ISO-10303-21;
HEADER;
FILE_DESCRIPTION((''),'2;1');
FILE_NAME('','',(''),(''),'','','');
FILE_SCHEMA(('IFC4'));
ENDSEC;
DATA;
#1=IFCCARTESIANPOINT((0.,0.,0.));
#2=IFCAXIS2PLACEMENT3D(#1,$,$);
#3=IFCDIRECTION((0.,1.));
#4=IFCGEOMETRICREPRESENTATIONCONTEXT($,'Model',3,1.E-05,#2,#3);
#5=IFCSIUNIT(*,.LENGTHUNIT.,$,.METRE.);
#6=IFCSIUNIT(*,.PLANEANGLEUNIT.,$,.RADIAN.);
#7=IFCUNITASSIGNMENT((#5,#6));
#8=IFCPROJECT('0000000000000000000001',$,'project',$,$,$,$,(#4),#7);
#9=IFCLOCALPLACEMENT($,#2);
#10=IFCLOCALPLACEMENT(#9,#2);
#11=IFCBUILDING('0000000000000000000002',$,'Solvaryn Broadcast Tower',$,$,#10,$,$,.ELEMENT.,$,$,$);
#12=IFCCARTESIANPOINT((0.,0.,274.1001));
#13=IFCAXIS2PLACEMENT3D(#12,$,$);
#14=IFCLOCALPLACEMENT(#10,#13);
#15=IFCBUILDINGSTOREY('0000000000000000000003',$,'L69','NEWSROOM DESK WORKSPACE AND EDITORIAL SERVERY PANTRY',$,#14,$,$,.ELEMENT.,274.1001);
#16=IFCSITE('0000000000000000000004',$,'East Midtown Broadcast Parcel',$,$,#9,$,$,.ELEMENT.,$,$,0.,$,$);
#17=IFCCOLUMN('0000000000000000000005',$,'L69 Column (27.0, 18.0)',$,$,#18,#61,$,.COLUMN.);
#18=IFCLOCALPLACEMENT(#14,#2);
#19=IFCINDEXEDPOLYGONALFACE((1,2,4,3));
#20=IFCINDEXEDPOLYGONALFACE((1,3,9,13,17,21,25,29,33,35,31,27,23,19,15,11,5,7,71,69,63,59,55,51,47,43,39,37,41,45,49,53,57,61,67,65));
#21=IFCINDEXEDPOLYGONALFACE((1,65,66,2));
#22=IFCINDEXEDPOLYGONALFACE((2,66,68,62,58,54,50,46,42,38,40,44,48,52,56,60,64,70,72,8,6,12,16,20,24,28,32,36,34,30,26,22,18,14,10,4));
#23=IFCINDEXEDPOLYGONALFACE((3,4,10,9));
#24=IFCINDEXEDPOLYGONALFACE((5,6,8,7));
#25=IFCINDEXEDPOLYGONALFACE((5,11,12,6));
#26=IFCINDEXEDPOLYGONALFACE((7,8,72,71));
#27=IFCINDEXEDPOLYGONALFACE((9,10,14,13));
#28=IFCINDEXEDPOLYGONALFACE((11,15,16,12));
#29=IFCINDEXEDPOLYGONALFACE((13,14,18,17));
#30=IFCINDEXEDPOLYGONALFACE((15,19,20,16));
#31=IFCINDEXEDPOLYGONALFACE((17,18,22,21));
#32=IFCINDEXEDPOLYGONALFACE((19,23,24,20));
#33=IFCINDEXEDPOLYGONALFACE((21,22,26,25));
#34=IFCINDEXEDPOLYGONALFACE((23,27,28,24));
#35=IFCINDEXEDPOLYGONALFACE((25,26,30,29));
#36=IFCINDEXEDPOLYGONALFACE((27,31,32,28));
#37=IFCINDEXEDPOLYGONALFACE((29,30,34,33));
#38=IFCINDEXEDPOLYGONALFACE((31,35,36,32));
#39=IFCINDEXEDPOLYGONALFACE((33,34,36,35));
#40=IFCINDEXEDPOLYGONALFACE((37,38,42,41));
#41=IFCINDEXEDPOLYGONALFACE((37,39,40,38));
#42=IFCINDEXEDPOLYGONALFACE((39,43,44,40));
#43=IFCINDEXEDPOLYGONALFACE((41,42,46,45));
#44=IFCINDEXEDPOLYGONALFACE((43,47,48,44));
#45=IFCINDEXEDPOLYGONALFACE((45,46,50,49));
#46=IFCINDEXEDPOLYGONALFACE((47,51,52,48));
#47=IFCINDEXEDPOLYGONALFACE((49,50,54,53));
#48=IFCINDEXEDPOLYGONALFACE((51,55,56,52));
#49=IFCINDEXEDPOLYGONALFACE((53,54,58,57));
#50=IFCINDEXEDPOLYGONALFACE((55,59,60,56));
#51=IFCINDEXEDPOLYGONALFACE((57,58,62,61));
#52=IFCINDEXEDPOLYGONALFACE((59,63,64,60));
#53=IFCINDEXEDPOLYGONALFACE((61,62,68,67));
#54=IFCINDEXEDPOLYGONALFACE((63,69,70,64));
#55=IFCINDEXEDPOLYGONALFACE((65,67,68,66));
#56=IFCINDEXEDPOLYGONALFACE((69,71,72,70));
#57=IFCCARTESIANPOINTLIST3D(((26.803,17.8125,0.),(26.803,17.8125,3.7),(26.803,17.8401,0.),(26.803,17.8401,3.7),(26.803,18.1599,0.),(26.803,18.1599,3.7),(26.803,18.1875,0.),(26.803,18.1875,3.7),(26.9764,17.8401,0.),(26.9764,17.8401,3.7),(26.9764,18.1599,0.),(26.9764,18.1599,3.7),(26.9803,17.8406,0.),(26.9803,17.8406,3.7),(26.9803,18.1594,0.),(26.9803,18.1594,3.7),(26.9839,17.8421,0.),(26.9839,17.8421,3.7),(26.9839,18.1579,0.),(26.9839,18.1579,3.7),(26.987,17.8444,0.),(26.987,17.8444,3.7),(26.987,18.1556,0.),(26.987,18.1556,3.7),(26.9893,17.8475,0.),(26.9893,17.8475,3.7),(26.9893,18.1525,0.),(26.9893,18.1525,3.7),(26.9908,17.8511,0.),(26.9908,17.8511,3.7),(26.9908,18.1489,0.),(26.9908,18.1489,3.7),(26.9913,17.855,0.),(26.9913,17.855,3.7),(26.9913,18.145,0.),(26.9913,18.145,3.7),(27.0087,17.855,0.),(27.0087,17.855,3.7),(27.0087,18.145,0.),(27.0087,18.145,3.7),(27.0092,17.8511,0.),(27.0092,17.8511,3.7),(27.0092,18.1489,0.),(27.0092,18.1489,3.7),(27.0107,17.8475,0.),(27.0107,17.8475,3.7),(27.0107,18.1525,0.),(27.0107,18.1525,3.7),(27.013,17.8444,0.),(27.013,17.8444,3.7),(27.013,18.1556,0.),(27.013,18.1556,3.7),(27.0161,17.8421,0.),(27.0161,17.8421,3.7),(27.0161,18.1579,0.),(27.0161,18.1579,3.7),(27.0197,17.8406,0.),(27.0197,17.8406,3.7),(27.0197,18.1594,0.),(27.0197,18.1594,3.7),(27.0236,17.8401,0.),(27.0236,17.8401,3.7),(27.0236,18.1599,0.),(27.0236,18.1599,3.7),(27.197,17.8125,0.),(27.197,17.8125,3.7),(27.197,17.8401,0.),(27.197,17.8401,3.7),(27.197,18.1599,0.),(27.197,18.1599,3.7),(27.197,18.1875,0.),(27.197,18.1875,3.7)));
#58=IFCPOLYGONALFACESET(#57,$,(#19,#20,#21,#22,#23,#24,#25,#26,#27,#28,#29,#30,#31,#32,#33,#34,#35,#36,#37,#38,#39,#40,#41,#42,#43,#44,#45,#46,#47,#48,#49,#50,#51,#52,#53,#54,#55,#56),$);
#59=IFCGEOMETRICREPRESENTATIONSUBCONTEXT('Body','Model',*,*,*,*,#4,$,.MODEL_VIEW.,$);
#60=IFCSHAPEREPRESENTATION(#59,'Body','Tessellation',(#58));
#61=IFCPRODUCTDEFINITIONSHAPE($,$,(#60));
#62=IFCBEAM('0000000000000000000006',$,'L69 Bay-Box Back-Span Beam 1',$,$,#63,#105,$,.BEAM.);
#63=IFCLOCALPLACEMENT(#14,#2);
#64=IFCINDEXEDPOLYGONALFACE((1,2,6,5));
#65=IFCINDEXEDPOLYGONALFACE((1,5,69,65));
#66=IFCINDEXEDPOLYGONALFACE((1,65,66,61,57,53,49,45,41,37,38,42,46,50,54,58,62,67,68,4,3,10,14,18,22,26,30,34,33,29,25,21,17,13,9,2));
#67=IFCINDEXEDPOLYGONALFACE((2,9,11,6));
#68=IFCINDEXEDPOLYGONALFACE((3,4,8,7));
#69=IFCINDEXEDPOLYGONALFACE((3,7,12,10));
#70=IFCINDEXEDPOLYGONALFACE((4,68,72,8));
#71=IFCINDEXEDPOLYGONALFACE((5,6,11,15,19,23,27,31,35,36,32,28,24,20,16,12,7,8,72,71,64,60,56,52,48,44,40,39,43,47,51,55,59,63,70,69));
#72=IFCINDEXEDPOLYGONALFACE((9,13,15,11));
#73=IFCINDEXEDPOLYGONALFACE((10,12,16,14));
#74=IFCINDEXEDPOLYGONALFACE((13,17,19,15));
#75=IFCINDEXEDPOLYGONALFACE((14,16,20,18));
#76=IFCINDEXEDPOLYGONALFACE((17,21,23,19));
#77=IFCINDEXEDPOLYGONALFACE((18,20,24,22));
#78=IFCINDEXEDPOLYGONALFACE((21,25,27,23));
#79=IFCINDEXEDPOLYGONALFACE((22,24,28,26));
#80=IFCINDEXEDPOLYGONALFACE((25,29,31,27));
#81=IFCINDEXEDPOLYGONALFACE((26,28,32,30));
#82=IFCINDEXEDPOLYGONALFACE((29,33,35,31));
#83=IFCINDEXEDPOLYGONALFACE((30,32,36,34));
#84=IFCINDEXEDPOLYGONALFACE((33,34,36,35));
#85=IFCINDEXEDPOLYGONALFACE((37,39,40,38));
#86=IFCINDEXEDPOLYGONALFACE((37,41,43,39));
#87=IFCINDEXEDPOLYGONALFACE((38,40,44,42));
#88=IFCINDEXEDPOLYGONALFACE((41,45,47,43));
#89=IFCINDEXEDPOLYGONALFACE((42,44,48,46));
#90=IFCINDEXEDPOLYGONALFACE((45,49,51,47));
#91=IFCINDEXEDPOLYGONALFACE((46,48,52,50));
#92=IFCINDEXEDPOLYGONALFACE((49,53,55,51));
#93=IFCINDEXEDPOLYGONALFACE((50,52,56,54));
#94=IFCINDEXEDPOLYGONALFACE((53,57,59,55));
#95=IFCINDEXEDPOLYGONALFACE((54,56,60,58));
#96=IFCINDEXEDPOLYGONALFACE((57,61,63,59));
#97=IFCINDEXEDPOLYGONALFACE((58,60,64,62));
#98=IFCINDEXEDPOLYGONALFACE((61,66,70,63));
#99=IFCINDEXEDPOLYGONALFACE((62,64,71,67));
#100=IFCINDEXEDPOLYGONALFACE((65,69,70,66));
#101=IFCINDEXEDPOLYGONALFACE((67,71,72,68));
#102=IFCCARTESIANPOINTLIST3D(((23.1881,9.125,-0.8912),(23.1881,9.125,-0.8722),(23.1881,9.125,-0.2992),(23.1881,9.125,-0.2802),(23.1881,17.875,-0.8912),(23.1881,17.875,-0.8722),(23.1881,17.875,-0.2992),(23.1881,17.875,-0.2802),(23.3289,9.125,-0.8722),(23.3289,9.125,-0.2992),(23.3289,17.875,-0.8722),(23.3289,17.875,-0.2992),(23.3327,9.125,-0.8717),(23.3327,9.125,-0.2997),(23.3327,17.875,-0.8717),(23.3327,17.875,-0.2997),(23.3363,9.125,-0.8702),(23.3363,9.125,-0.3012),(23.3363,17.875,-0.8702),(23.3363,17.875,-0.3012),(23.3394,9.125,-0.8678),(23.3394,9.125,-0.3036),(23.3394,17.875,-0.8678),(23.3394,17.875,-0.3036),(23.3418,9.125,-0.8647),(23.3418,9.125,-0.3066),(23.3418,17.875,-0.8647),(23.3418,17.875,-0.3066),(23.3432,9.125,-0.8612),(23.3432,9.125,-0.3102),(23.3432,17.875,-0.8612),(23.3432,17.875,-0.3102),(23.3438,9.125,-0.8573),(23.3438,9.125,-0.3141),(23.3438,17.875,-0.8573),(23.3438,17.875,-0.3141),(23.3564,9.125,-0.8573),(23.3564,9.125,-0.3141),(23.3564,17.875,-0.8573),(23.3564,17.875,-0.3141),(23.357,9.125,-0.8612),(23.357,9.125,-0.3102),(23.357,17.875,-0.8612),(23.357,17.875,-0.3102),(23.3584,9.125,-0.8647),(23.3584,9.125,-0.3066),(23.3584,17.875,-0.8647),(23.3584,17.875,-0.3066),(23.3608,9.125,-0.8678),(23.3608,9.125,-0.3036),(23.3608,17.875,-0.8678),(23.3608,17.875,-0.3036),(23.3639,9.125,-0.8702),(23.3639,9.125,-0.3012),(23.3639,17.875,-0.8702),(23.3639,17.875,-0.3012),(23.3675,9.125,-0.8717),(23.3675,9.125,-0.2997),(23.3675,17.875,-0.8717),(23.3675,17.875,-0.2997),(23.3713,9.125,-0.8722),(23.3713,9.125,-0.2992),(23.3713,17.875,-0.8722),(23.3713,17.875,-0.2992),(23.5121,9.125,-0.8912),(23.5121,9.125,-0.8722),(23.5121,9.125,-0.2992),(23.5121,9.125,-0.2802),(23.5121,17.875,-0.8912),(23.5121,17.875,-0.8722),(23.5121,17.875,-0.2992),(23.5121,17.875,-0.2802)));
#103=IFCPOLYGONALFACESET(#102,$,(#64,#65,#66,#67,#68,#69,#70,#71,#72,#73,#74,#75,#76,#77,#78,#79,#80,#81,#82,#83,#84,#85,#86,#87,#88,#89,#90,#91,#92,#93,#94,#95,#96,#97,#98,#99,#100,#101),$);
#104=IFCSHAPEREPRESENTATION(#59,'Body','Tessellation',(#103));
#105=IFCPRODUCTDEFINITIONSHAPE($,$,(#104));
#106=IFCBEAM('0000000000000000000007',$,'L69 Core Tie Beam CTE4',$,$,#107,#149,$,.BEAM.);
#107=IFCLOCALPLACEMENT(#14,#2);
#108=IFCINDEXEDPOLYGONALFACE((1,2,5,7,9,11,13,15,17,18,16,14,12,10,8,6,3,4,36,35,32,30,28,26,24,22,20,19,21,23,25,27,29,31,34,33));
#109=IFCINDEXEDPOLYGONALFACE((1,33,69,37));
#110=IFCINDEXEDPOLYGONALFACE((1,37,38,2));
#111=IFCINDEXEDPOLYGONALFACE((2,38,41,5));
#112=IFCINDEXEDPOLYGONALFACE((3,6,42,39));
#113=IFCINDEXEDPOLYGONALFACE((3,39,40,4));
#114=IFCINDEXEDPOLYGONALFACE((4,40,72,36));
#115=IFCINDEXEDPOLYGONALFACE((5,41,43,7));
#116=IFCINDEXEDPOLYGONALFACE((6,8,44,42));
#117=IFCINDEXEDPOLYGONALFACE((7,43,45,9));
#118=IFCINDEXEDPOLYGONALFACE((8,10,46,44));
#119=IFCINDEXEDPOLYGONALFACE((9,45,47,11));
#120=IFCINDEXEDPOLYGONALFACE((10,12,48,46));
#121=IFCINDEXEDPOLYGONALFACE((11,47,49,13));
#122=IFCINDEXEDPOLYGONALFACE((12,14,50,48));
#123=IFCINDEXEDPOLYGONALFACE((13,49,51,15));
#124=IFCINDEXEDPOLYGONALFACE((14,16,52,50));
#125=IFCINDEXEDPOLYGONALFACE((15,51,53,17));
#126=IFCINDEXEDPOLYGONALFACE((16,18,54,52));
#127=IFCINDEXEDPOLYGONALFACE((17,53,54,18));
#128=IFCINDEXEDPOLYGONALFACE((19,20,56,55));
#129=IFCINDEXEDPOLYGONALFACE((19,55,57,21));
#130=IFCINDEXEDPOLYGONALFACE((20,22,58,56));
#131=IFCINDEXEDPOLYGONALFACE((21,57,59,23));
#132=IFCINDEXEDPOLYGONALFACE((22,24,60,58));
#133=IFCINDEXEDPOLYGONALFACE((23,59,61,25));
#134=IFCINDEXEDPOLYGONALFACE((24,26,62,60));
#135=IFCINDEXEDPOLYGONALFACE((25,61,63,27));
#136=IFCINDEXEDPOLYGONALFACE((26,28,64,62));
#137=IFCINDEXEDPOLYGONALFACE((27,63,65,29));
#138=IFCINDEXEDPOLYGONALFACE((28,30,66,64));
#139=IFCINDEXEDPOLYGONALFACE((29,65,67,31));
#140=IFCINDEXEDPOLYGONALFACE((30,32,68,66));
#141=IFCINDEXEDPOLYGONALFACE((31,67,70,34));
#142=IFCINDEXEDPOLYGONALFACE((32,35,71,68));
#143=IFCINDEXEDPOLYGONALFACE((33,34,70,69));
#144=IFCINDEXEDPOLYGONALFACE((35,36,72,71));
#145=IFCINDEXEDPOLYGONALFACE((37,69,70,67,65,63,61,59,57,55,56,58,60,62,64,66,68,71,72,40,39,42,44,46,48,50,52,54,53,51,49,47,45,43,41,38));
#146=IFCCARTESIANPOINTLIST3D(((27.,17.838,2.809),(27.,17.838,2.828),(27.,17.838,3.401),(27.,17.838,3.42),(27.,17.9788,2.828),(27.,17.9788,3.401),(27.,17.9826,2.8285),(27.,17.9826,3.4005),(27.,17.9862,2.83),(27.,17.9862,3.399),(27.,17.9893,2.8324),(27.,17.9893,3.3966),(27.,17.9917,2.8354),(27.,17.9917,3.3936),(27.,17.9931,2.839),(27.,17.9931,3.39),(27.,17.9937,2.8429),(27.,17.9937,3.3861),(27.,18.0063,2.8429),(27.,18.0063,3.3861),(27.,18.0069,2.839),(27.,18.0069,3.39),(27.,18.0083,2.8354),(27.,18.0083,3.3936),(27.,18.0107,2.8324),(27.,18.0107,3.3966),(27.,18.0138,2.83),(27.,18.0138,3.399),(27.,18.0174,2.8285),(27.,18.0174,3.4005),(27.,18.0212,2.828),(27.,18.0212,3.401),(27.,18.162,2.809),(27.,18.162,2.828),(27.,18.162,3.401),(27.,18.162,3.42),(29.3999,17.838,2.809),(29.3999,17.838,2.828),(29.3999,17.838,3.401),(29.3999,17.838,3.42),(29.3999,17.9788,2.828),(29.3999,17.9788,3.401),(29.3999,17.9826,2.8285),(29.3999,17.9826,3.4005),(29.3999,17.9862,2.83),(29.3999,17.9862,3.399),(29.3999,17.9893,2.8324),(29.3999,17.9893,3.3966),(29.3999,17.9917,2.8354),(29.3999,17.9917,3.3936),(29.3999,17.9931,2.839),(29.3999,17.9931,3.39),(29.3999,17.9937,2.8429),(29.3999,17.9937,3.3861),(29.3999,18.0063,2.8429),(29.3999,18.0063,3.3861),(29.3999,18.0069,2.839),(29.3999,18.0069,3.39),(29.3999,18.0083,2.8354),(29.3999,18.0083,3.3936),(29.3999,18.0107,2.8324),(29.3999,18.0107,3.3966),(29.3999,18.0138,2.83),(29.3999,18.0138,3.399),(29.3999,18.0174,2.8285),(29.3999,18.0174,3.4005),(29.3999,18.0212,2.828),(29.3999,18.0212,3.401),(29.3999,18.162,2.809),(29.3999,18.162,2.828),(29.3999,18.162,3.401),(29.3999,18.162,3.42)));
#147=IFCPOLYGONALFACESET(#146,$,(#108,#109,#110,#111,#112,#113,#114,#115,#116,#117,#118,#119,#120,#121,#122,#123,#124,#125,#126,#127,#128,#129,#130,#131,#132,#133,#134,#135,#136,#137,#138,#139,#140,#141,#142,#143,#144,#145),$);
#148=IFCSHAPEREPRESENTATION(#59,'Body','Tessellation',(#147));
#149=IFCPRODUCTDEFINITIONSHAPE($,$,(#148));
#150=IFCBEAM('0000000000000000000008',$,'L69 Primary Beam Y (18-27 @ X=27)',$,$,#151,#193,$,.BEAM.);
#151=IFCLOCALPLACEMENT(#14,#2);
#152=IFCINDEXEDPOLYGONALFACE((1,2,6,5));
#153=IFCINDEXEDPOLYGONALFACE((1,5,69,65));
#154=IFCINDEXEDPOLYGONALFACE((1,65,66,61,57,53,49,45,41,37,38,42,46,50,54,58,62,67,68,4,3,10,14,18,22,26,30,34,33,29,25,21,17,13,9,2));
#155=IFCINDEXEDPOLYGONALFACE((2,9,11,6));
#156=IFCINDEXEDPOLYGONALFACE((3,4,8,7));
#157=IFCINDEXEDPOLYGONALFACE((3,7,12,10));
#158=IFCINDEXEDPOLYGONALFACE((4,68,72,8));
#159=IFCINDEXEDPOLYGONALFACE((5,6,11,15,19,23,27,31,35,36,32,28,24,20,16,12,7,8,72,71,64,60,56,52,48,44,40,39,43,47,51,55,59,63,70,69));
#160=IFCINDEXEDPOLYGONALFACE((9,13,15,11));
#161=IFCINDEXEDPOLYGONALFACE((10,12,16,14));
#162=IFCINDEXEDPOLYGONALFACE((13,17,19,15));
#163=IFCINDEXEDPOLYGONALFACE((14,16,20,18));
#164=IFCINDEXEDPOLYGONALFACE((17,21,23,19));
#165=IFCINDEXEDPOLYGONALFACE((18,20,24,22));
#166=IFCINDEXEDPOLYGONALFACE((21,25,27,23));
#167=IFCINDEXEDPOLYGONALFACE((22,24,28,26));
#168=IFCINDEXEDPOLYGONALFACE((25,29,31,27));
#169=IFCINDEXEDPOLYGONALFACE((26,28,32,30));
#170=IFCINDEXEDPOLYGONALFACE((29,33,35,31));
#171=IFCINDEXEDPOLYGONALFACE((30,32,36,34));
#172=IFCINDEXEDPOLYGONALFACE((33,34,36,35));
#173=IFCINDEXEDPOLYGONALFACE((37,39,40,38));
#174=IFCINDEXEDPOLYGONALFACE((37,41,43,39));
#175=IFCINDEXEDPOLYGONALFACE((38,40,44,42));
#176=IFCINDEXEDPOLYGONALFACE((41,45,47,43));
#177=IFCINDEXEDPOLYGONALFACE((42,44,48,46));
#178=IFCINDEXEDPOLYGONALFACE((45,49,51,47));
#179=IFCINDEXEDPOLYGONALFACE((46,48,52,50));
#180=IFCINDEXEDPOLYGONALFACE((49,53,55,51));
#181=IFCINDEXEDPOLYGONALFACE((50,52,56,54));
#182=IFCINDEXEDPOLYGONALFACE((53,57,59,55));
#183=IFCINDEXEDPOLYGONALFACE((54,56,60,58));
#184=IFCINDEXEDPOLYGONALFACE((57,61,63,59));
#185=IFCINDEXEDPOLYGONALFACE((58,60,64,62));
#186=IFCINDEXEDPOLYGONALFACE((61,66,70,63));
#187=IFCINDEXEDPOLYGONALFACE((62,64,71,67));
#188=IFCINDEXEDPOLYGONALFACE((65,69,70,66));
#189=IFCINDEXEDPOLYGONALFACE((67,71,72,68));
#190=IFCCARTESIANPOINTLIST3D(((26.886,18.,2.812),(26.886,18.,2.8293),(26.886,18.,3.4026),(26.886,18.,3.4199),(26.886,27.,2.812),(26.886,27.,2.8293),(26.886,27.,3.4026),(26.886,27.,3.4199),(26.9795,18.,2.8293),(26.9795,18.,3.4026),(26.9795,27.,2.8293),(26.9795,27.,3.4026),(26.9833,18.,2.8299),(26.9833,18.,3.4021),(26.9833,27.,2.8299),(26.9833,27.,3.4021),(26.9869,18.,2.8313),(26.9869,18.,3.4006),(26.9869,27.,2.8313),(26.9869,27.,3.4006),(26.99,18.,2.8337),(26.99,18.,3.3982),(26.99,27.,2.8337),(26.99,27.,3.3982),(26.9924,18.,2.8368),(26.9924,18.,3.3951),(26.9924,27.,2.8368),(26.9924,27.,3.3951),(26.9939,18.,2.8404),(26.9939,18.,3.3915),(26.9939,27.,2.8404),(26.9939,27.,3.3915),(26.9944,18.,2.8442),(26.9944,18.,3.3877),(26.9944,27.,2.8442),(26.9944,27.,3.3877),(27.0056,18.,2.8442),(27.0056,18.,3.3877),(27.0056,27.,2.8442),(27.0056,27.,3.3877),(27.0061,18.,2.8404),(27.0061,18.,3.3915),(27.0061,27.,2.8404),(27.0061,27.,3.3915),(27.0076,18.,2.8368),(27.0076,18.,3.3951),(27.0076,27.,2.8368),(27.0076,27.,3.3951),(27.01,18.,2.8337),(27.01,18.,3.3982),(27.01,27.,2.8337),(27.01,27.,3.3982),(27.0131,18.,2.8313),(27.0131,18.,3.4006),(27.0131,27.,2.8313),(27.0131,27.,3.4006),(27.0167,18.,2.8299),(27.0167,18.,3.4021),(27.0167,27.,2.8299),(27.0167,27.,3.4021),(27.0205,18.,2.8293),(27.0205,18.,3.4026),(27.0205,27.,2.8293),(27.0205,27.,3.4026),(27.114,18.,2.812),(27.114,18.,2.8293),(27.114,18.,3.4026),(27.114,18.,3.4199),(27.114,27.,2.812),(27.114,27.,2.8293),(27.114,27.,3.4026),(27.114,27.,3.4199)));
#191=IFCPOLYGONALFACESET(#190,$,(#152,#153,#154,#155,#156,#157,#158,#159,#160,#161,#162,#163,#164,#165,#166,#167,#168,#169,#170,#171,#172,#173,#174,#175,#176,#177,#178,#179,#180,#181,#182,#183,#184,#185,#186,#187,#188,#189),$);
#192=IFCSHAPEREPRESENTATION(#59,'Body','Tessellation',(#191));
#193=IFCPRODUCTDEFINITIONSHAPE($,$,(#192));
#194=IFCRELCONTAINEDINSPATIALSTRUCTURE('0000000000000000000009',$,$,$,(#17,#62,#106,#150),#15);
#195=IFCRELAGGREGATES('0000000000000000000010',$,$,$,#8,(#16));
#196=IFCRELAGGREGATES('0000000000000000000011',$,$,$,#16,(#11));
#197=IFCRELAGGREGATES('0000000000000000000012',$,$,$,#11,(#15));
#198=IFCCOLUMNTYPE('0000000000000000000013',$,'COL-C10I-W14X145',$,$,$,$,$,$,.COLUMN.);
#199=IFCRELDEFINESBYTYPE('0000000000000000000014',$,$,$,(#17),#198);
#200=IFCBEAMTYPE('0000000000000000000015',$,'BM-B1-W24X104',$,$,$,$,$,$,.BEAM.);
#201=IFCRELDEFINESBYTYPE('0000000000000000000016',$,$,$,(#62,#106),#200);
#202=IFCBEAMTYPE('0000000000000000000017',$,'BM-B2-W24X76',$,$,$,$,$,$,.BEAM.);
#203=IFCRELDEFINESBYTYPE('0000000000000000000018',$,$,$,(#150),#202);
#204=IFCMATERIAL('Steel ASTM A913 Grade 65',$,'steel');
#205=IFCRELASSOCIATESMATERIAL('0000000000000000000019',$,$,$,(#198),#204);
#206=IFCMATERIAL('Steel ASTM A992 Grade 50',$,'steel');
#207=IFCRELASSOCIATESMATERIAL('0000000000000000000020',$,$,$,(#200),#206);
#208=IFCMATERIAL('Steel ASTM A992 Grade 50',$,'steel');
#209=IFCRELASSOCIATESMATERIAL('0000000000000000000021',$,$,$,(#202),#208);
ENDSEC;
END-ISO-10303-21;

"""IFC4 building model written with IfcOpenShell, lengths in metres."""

from ifc_helpers import new_model, si_unit, direction, frame, origin, origin_2d, place, context, subcontext, project, spatial, i_section, extrude, material, material_profile, profile_set, type_object, element, save


model = new_model("IFC4")

# Units and contexts
model_context = context("Model", 3, precision=1e-05, world=origin(), true_north=direction((0.0, 1.0)))
body_context = subcontext(model_context, "Body", "Model", "MODEL_VIEW")
ifc_project = project(units=[si_unit("LENGTHUNIT", "METRE"), si_unit("PLANEANGLEUNIT", "RADIAN")], contexts=[model_context])

# Site, building, storey
site_placement = place(None, origin())
site = spatial("IfcSite", under=ifc_project, at=site_placement, Name="East Midtown Broadcast Parcel", CompositionType="ELEMENT", RefElevation=0.0)
building_placement = place(site_placement, origin())
building = spatial("IfcBuilding", under=site, at=building_placement, Name="Solvaryn Broadcast Tower", CompositionType="ELEMENT")
storey_placement = place(building_placement, frame((0.0, 0.0, 274.1001)))
storey = spatial("IfcBuildingStorey", under=building, at=storey_placement, Name="L69", Description="NEWSROOM DESK WORKSPACE AND EDITORIAL SERVERY PANTRY", CompositionType="ELEMENT", Elevation=274.1001)

# Column
ifc_material_1 = material(Name="Steel ASTM A913 Grade 65", Category="steel")
ifc_material_profile_1 = material_profile(ifc_material_1, i_section(OverallWidth=0.394, OverallDepth=0.375, WebThickness=0.0173, FlangeThickness=0.0276, FilletRadius=0.0149, at=origin_2d()))
ifc_profile_set_1 = profile_set([ifc_material_profile_1], Name="Steel ASTM A913 Grade 65")
column_type = type_object("IfcColumnType", Name="COL-C10I-W14X145", PredefinedType="COLUMN", material=ifc_profile_set_1)
column_placement = place(storey_placement, frame((27.0, 18.0, 0.0), z_axis=(0.0, 0.0, 1.0), x_axis=(1.0, 0.0, 0.0)))
element("IfcColumn", 1, at=column_placement, inside=storey, type_object=column_type, Name="L69 Column (27.0, 18.0)", PredefinedType="COLUMN", context=body_context, shape_type="SweptSolid", body=[
    extrude(i_section(OverallWidth=0.394, OverallDepth=0.375, WebThickness=0.0173, FlangeThickness=0.0276, FilletRadius=0.0149, at=origin_2d()), origin(), (0.0, 0.0, 1.0), 3.7),
])

# Beams
ifc_material_2 = material(Name="Steel ASTM A992 Grade 50", Category="steel")
ifc_material_profile_2 = material_profile(ifc_material_2, i_section(OverallWidth=0.324, OverallDepth=0.6111, WebThickness=0.0127, FlangeThickness=0.019, FilletRadius=0.0149, at=origin_2d()))
ifc_profile_set_2 = profile_set([ifc_material_profile_2], Name="Steel ASTM A992 Grade 50")
beam_type_1 = type_object("IfcBeamType", Name="BM-B1-W24X104", PredefinedType="BEAM", material=ifc_profile_set_2)
beam_1_placement = place(storey_placement, frame((23.3501, 17.875, -0.5857), z_axis=(0.0, -1.0, 0.0), x_axis=(1.0, 0.0, 0.0)))
element("IfcBeam", 2, at=beam_1_placement, inside=storey, type_object=beam_type_1, Name="L69 Bay-Box Back-Span Beam 1", PredefinedType="BEAM", context=body_context, shape_type="SweptSolid", body=[
    extrude(i_section(OverallWidth=0.324, OverallDepth=0.6111, WebThickness=0.0127, FlangeThickness=0.019, FilletRadius=0.0149, at=origin_2d()), origin(), (0.0, 0.0, 1.0), 8.75),
])
beam_2_placement = place(storey_placement, frame((27.0, 18.0, 3.1145), z_axis=(1.0, 0.0, 0.0), x_axis=(0.0, 1.0, 0.0)))
element("IfcBeam", 3, at=beam_2_placement, inside=storey, type_object=beam_type_1, Name="L69 Core Tie Beam CTE4", PredefinedType="BEAM", context=body_context, shape_type="SweptSolid", body=[
    extrude(i_section(OverallWidth=0.324, OverallDepth=0.6111, WebThickness=0.0127, FlangeThickness=0.019, FilletRadius=0.0149, at=origin_2d()), origin(), (0.0, 0.0, 1.0), 2.3999),
])
ifc_material_3 = material(Name="Steel ASTM A992 Grade 50", Category="steel")
ifc_material_profile_3 = material_profile(ifc_material_3, i_section(OverallWidth=0.228, OverallDepth=0.6079, WebThickness=0.0112, FlangeThickness=0.0173, FilletRadius=0.0149, at=origin_2d()))
ifc_profile_set_3 = profile_set([ifc_material_profile_3], Name="Steel ASTM A992 Grade 50")
beam_type_2 = type_object("IfcBeamType", Name="BM-B2-W24X76", PredefinedType="BEAM", material=ifc_profile_set_3)
beam_3_placement = place(storey_placement, frame((27.0, 18.0, 3.116), z_axis=(0.0, 1.0, 0.0), x_axis=(-1.0, 0.0, 0.0)))
element("IfcBeam", 4, at=beam_3_placement, inside=storey, type_object=beam_type_2, Name="L69 Primary Beam Y (18-27 @ X=27)", PredefinedType="BEAM", context=body_context, shape_type="SweptSolid", body=[
    extrude(i_section(OverallWidth=0.228, OverallDepth=0.6079, WebThickness=0.0112, FlangeThickness=0.0173, FilletRadius=0.0149, at=origin_2d()), origin(), (0.0, 0.0, 1.0), 9.0),
])

save(model, "model.ifc")
